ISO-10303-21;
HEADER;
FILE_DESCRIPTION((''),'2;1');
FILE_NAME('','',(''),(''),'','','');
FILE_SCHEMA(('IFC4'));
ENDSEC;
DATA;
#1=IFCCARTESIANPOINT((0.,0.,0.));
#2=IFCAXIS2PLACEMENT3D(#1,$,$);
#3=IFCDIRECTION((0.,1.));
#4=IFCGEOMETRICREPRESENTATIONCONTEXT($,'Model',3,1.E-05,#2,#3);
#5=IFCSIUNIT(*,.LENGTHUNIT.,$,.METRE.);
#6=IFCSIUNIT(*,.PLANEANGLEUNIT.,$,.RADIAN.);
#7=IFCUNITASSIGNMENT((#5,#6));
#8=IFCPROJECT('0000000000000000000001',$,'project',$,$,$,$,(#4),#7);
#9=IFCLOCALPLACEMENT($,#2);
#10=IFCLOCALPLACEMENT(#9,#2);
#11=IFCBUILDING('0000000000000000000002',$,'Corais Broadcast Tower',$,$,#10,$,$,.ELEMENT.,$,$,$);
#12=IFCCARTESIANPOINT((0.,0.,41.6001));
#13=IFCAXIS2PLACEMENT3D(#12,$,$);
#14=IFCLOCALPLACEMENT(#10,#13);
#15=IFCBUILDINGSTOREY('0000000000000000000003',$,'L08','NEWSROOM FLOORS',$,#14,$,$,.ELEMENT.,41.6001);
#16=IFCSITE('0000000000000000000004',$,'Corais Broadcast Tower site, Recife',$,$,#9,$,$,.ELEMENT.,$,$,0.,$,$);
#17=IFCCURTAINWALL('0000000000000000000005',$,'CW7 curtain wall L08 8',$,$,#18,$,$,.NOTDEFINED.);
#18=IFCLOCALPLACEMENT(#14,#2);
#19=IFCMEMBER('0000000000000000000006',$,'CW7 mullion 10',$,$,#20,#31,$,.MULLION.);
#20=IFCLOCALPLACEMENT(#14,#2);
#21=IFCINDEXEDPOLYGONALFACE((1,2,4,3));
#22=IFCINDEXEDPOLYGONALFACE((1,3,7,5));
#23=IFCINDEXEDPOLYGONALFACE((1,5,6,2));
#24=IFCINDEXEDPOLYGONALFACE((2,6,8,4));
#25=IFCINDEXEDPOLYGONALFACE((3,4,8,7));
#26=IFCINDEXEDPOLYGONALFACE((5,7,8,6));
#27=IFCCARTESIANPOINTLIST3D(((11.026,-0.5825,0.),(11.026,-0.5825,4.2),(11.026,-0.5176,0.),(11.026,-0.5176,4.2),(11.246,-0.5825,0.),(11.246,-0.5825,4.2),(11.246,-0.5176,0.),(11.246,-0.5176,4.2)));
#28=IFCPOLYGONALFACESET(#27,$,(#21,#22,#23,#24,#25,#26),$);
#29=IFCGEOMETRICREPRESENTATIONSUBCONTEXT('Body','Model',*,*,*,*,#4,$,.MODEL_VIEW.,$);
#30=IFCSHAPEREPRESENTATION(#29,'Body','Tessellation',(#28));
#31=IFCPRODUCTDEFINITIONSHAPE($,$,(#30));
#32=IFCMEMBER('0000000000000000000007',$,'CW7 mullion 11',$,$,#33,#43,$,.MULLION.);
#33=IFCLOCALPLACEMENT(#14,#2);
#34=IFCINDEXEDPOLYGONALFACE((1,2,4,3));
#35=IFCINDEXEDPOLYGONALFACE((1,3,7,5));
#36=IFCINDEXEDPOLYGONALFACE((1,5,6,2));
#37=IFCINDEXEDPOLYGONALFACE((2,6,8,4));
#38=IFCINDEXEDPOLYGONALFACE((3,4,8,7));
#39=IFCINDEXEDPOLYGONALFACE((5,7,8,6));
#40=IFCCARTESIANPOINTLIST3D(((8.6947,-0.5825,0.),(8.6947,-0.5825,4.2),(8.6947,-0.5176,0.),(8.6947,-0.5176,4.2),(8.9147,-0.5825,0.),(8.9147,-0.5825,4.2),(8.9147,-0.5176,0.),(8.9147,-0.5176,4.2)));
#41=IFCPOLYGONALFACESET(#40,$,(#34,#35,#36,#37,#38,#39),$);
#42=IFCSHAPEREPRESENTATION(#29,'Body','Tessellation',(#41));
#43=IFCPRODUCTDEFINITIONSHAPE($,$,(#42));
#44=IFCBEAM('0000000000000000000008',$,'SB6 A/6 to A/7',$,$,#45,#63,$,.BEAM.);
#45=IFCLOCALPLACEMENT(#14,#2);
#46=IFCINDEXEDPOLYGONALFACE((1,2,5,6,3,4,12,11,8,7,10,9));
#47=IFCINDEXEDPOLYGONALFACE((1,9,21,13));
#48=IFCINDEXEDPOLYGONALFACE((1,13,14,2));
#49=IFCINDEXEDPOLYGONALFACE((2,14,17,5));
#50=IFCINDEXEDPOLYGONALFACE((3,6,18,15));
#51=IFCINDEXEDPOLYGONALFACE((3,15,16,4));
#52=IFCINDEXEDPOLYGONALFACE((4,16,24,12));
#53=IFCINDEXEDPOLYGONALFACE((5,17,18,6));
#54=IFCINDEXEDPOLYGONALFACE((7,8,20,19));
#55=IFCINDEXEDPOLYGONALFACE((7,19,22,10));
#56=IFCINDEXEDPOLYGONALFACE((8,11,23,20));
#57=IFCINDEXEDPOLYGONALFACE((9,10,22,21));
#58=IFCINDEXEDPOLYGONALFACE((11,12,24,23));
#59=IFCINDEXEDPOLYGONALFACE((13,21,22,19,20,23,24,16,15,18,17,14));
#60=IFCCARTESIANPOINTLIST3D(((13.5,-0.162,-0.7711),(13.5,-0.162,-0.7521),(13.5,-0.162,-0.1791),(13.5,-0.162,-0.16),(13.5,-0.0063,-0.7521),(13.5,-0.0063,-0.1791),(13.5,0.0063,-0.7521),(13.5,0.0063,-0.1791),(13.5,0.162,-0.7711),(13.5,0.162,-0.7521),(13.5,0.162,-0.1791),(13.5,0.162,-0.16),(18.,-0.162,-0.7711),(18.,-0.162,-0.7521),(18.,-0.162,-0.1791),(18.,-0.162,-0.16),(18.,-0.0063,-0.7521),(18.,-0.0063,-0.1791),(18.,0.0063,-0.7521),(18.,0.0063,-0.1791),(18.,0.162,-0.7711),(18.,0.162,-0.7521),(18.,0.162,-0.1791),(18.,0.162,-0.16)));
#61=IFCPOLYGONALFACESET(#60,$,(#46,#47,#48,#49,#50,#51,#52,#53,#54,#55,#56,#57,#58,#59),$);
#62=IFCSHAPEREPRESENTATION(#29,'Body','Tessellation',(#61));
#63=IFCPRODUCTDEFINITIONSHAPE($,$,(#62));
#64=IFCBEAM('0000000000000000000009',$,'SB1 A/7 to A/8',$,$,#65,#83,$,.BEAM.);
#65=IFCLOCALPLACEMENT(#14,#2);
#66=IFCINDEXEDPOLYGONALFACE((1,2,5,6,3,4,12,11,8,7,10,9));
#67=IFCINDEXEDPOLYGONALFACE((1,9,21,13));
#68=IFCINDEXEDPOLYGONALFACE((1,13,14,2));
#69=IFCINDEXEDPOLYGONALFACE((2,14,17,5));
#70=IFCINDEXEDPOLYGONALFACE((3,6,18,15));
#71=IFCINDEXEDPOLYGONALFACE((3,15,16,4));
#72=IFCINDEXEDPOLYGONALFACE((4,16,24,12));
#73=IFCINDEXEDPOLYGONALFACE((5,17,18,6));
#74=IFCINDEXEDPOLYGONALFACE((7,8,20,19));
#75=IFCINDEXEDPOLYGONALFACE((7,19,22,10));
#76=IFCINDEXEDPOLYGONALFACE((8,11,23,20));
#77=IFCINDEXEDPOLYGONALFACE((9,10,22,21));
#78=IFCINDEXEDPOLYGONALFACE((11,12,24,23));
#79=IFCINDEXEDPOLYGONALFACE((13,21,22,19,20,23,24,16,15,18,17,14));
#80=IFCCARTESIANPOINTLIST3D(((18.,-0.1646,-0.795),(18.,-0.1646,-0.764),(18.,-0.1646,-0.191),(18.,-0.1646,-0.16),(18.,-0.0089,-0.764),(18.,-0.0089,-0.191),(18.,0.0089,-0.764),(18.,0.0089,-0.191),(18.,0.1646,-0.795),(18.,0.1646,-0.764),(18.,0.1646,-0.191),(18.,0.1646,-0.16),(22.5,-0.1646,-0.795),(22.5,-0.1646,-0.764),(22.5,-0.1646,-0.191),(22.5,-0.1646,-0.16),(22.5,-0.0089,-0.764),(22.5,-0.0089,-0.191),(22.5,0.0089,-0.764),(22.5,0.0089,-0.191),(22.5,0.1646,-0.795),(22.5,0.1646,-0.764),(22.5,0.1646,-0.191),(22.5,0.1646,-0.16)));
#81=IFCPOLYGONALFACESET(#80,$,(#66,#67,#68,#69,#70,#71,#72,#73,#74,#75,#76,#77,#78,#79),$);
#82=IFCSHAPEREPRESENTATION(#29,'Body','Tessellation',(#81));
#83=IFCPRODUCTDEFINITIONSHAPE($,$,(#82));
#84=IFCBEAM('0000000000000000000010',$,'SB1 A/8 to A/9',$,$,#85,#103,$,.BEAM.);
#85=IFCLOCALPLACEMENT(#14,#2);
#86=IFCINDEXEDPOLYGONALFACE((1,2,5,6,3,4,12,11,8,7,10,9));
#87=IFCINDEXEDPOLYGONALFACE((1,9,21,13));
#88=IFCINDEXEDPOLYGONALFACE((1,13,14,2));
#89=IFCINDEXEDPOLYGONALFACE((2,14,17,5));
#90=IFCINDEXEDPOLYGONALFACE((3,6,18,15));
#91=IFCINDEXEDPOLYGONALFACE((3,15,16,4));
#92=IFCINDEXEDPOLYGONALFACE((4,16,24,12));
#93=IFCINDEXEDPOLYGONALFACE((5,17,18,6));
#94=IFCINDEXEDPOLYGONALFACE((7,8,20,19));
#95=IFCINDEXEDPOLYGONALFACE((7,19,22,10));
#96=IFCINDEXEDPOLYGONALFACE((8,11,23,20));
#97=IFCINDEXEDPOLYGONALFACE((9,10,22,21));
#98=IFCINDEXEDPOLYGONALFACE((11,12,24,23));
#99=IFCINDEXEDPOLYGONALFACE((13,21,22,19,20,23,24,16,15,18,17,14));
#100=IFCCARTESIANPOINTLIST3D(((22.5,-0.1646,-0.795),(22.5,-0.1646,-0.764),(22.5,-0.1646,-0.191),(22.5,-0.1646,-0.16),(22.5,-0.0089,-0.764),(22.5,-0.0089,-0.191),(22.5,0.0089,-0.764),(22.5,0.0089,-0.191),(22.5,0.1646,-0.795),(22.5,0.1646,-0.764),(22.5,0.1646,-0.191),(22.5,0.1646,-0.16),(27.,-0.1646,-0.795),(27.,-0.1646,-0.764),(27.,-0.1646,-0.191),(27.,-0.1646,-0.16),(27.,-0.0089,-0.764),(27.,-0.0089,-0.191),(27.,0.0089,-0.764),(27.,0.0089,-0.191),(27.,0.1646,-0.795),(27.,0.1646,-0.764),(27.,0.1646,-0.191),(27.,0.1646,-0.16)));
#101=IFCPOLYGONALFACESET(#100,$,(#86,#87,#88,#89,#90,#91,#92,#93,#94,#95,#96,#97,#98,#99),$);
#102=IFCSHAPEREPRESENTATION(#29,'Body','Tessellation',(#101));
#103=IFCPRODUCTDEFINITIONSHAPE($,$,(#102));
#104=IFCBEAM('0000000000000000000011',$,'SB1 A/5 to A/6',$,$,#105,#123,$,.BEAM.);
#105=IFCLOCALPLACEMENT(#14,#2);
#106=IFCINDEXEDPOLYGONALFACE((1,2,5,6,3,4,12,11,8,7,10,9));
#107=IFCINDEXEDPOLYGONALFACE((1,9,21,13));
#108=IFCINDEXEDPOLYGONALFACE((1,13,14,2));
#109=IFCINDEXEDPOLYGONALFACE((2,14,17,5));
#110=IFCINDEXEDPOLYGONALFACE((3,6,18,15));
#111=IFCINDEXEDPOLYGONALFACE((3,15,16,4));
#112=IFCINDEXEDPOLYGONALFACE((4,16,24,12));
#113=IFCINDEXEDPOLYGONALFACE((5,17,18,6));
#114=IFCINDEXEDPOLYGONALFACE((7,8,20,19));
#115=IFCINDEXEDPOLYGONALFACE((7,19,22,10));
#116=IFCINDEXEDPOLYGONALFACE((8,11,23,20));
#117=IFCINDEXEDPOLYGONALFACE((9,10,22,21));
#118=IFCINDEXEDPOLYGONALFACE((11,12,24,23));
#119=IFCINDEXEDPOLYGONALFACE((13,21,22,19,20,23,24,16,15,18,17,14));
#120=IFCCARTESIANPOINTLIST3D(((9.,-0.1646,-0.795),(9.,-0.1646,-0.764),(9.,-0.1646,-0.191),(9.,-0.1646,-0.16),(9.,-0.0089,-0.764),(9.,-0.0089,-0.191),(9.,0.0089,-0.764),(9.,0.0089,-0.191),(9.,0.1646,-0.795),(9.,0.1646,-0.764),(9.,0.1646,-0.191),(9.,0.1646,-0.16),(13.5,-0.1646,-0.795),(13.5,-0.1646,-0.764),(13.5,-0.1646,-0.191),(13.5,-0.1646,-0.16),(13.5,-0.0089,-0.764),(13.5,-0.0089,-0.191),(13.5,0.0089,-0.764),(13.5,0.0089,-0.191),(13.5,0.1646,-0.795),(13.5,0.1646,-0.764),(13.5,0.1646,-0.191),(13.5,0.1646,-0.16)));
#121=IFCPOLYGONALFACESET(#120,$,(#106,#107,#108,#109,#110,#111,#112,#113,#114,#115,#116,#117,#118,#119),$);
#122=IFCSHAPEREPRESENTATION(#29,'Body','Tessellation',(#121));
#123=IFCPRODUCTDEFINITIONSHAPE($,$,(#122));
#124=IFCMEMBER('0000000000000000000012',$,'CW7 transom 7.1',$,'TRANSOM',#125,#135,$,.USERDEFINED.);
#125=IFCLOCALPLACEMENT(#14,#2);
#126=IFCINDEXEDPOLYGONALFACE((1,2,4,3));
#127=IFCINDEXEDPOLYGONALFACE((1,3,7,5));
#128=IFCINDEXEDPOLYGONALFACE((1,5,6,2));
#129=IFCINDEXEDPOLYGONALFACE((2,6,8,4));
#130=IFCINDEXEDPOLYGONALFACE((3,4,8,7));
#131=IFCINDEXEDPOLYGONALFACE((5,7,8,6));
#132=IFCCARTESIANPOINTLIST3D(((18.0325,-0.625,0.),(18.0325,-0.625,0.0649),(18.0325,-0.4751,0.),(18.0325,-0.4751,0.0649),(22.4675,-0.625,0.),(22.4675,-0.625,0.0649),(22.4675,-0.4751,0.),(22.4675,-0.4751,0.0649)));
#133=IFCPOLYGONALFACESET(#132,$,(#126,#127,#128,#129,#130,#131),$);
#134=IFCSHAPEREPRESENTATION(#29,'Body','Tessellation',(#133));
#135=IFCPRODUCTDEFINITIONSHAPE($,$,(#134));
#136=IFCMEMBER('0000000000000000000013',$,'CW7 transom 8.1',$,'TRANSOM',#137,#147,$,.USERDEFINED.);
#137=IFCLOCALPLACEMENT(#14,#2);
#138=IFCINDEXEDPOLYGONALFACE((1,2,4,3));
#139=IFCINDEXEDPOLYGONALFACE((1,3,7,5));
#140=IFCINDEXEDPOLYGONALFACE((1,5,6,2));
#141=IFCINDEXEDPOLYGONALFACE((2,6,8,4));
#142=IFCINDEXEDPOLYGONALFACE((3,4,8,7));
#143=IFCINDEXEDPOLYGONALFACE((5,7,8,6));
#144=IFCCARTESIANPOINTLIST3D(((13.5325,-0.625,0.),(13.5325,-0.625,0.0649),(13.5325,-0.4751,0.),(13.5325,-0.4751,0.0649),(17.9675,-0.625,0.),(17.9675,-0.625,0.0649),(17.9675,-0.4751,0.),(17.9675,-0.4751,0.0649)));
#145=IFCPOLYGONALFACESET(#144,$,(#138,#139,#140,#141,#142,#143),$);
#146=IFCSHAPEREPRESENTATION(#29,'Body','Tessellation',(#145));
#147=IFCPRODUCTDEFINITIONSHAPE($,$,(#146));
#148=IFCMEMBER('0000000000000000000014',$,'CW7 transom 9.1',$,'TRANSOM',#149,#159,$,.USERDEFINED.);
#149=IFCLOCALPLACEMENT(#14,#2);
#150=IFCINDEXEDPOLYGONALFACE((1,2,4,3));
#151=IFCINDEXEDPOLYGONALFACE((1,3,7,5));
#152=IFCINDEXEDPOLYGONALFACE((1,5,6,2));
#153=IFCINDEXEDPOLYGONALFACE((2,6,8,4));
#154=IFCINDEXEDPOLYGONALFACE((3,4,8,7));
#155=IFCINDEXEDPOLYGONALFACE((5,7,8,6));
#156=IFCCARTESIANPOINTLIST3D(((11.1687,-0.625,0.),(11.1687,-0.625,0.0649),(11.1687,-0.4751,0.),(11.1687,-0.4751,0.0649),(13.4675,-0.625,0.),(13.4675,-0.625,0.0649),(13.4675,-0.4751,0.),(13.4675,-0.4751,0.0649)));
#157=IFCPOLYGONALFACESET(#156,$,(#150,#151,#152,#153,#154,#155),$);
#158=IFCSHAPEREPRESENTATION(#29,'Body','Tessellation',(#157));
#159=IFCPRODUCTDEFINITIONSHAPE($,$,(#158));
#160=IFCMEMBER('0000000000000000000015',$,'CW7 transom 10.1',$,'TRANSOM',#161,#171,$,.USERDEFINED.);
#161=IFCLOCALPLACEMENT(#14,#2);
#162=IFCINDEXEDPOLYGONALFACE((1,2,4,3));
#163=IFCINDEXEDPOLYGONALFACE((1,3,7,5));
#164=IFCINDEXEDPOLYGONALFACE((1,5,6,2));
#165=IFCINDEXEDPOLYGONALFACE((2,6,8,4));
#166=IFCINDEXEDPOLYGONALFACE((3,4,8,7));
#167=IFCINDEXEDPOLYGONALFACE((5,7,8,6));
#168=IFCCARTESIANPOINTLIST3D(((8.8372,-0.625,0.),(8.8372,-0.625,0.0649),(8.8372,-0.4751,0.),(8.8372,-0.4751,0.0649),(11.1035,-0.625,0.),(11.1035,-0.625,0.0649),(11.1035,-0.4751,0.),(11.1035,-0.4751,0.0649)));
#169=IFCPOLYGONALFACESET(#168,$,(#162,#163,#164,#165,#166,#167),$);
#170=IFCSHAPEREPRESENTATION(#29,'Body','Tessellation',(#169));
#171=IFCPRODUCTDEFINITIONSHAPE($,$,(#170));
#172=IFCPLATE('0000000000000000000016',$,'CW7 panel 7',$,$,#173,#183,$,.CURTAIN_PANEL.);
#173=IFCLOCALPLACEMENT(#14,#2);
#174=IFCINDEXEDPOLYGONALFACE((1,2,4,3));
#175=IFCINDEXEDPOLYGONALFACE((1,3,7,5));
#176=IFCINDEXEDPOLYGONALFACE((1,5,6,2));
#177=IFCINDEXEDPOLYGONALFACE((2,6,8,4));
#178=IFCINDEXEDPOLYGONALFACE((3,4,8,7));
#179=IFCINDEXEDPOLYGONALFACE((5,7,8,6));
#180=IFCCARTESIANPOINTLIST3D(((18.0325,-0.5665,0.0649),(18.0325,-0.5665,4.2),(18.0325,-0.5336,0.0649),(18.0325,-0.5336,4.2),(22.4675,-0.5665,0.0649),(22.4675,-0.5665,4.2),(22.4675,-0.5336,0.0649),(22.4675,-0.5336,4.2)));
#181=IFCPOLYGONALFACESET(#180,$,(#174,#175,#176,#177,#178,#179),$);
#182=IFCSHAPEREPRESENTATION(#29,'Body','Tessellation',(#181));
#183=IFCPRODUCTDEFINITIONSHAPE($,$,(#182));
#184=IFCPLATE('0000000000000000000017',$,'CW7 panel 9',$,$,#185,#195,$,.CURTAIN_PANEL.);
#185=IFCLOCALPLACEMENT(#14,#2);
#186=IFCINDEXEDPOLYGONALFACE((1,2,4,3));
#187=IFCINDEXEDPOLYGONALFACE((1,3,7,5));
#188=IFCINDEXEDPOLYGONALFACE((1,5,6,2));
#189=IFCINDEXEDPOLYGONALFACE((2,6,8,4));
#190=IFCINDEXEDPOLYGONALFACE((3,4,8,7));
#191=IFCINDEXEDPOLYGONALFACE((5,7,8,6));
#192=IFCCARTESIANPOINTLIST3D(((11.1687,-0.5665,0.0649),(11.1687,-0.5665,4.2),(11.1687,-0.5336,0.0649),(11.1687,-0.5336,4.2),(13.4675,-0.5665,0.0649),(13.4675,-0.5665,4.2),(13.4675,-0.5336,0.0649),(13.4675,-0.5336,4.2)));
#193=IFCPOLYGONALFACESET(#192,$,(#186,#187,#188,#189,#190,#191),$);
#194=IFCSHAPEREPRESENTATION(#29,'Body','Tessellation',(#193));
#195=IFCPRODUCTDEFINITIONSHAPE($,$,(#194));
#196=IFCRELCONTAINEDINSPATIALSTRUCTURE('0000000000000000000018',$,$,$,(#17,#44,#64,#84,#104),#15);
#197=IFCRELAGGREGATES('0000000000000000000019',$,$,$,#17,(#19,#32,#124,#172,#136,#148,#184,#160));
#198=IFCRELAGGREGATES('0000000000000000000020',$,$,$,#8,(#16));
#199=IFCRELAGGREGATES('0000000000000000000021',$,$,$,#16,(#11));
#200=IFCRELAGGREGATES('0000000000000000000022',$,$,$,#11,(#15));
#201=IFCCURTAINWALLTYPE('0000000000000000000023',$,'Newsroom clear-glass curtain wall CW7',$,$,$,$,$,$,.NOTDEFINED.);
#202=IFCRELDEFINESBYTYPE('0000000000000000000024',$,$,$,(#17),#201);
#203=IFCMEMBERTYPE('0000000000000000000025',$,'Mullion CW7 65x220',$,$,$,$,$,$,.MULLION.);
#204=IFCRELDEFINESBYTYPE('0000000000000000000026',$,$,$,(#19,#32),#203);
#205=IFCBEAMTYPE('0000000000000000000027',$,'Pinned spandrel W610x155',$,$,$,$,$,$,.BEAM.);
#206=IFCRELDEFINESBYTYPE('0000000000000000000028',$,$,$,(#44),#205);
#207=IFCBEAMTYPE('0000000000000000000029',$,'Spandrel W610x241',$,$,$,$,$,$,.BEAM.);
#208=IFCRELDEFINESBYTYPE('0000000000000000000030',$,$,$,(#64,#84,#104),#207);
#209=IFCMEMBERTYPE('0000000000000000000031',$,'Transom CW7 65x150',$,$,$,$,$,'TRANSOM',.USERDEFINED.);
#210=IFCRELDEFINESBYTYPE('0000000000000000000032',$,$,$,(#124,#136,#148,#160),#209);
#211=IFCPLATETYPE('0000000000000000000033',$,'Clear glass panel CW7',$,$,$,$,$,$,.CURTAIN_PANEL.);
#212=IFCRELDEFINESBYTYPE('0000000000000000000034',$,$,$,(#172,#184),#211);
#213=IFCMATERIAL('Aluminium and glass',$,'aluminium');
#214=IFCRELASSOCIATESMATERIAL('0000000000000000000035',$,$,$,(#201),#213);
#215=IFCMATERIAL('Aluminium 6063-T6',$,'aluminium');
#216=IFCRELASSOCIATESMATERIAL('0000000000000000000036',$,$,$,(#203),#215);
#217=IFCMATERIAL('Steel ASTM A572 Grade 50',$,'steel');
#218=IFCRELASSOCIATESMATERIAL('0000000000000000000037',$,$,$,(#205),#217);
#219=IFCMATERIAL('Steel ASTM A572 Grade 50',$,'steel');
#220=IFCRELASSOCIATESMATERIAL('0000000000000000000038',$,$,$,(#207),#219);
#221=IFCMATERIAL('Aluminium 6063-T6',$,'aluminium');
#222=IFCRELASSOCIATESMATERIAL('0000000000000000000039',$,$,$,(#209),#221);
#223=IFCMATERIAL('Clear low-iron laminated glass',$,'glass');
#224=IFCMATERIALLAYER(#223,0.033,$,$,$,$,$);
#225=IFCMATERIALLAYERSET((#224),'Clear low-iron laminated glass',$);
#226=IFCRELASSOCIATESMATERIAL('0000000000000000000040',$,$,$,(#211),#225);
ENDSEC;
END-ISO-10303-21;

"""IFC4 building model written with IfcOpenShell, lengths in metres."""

from ifc_helpers import new_model, si_unit, direction, frame, origin, origin_2d, place, context, subcontext, project, spatial, rectangle, i_section, extrude, material, layer, layer_set, material_profile, profile_set, type_object, element, aggregate, save


model = new_model("IFC4")

# Units and contexts
model_context = context("Model", 3, precision=1e-05, world=origin(), true_north=direction((0.0, 1.0)))
body_context = subcontext(model_context, "Body", "Model", "MODEL_VIEW")
ifc_project = project(units=[si_unit("LENGTHUNIT", "METRE"), si_unit("PLANEANGLEUNIT", "RADIAN")], contexts=[model_context])

# Site, building, storey
site_placement = place(None, origin())
site = spatial("IfcSite", under=ifc_project, at=site_placement, Name="Corais Broadcast Tower site, Recife", CompositionType="ELEMENT", RefElevation=0.0)
building_placement = place(site_placement, origin())
building = spatial("IfcBuilding", under=site, at=building_placement, Name="Corais Broadcast Tower", CompositionType="ELEMENT")
storey_placement = place(building_placement, frame((0.0, 0.0, 41.6001)))
storey = spatial("IfcBuildingStorey", under=building, at=storey_placement, Name="L08", Description="NEWSROOM FLOORS", CompositionType="ELEMENT", Elevation=41.6001)

# Curtain wall, members
ifc_material_1 = material(Name="Aluminium and glass", Category="aluminium")
curtain_wall_type = type_object("IfcCurtainWallType", Name="Newsroom clear-glass curtain wall CW7", PredefinedType="NOTDEFINED", material=ifc_material_1)
curtain_wall_placement = place(storey_placement, origin())
curtain_wall = element("IfcCurtainWall", 1, at=curtain_wall_placement, inside=storey, type_object=curtain_wall_type, Name="CW7 curtain wall L08 8", PredefinedType="NOTDEFINED")
ifc_material_2 = material(Name="Aluminium 6063-T6", Category="aluminium")
ifc_material_profile_1 = material_profile(ifc_material_2, rectangle(XDim=0.0649, YDim=0.22, at=origin_2d()), Name="Mullion CW7 65x220")
ifc_profile_set_1 = profile_set([ifc_material_profile_1], Name="Aluminium 6063-T6")
member_type_1 = type_object("IfcMemberType", Name="Mullion CW7 65x220", PredefinedType="MULLION", material=ifc_profile_set_1)
member_1_placement = place(storey_placement, frame((11.136, -0.55, 0.0), z_axis=(0.0, 0.0, 1.0), x_axis=(0.0, -1.0, 0.0)))
member_1 = element("IfcMember", 2, at=member_1_placement, type_object=member_type_1, Name="CW7 mullion 10", PredefinedType="MULLION", context=body_context, shape_type="SweptSolid", body=[
    extrude(rectangle(XDim=0.0649, YDim=0.22, at=origin_2d()), origin(), (0.0, 0.0, 1.0), 4.2),
])
member_2_placement = place(storey_placement, frame((8.8047, -0.55, 0.0), z_axis=(0.0, 0.0, 1.0), x_axis=(0.0, -1.0, 0.0)))
member_2 = element("IfcMember", 3, at=member_2_placement, type_object=member_type_1, Name="CW7 mullion 11", PredefinedType="MULLION", context=body_context, shape_type="SweptSolid", body=[
    extrude(rectangle(XDim=0.0649, YDim=0.22, at=origin_2d()), origin(), (0.0, 0.0, 1.0), 4.2),
])

# Beams
ifc_material_3 = material(Name="Steel ASTM A572 Grade 50", Category="steel")
ifc_material_profile_2 = material_profile(ifc_material_3, i_section(OverallWidth=0.324, OverallDepth=0.6111, WebThickness=0.0127, FlangeThickness=0.019, at=origin_2d()), Name="W610x155")
ifc_profile_set_2 = profile_set([ifc_material_profile_2], Name="Steel ASTM A572 Grade 50")
beam_type_1 = type_object("IfcBeamType", Name="Pinned spandrel W610x155", PredefinedType="BEAM", material=ifc_profile_set_2)
beam_1_placement = place(storey_placement, frame((13.5, 0.0, -0.4656), z_axis=(1.0, 0.0, 0.0), x_axis=(0.0, 1.0, 0.0)))
element("IfcBeam", 4, at=beam_1_placement, inside=storey, type_object=beam_type_1, Name="SB6 A/6 to A/7", PredefinedType="BEAM", context=body_context, shape_type="SweptSolid", body=[
    extrude(i_section(OverallWidth=0.324, OverallDepth=0.6111, WebThickness=0.0127, FlangeThickness=0.019, at=origin_2d()), origin(), (0.0, 0.0, 1.0), 4.5),
])
ifc_material_4 = material(Name="Steel ASTM A572 Grade 50", Category="steel")
ifc_material_profile_3 = material_profile(ifc_material_4, i_section(OverallWidth=0.3291, OverallDepth=0.635, WebThickness=0.0178, FlangeThickness=0.031, at=origin_2d()), Name="W610x241")
ifc_profile_set_3 = profile_set([ifc_material_profile_3], Name="Steel ASTM A572 Grade 50")
beam_type_2 = type_object("IfcBeamType", Name="Spandrel W610x241", PredefinedType="BEAM", material=ifc_profile_set_3)
for number, where, z_axis, x_axis, name in (
    (5, (18.0, 0.0, -0.4775), (1.0, 0.0, 0.0), (0.0, 1.0, 0.0), "SB1 A/7 to A/8"),
    (6, (22.5, 0.0, -0.4775), (1.0, 0.0, 0.0), (0.0, 1.0, 0.0), "SB1 A/8 to A/9"),
    (7, (9.0, 0.0, -0.4775), (1.0, 0.0, 0.0), (0.0, 1.0, 0.0), "SB1 A/5 to A/6"),
):
    element("IfcBeam", number, at=place(storey_placement, frame(where, z_axis=z_axis, x_axis=x_axis)), inside=storey, type_object=beam_type_2, Name=name, PredefinedType="BEAM", context=body_context, shape_type="SweptSolid", body=[
        extrude(i_section(OverallWidth=0.3291, OverallDepth=0.635, WebThickness=0.0178, FlangeThickness=0.031, at=origin_2d()), origin(), (0.0, 0.0, 1.0), 4.5),
    ])

# Members
ifc_material_5 = material(Name="Aluminium 6063-T6", Category="aluminium")
ifc_material_profile_4 = material_profile(ifc_material_5, rectangle(XDim=0.1499, YDim=0.0649, at=origin_2d()), Name="Transom CW7 65x150")
ifc_profile_set_4 = profile_set([ifc_material_profile_4], Name="Aluminium 6063-T6")
member_type_2 = type_object("IfcMemberType", Name="Transom CW7 65x150", ElementType="TRANSOM", PredefinedType="USERDEFINED", material=ifc_profile_set_4)
member_3_placement = place(storey_placement, frame((22.4675, -0.55, 0.0325), z_axis=(-1.0, 0.0, 0.0), x_axis=(0.0, -1.0, 0.0)))
member_3 = element("IfcMember", 8, at=member_3_placement, type_object=member_type_2, Name="CW7 transom 7.1", ObjectType="TRANSOM", PredefinedType="USERDEFINED", context=body_context, shape_type="SweptSolid", body=[
    extrude(rectangle(XDim=0.1499, YDim=0.0649, at=origin_2d()), origin(), (0.0, 0.0, 1.0), 4.4351),
])
member_4_placement = place(storey_placement, frame((17.9675, -0.55, 0.0325), z_axis=(-1.0, 0.0, 0.0), x_axis=(0.0, -1.0, 0.0)))
member_4 = element("IfcMember", 9, at=member_4_placement, type_object=member_type_2, Name="CW7 transom 8.1", ObjectType="TRANSOM", PredefinedType="USERDEFINED", context=body_context, shape_type="SweptSolid", body=[
    extrude(rectangle(XDim=0.1499, YDim=0.0649, at=origin_2d()), origin(), (0.0, 0.0, 1.0), 4.4351),
])
member_5_placement = place(storey_placement, frame((13.4675, -0.55, 0.0325), z_axis=(-1.0, 0.0, 0.0), x_axis=(0.0, -1.0, 0.0)))
member_5 = element("IfcMember", 10, at=member_5_placement, type_object=member_type_2, Name="CW7 transom 9.1", ObjectType="TRANSOM", PredefinedType="USERDEFINED", context=body_context, shape_type="SweptSolid", body=[
    extrude(rectangle(XDim=0.1499, YDim=0.0649, at=origin_2d()), origin(), (0.0, 0.0, 1.0), 2.2988),
])
member_6_placement = place(storey_placement, frame((11.1035, -0.55, 0.0325), z_axis=(-1.0, 0.0, 0.0), x_axis=(0.0, -1.0, 0.0)))
member_6 = element("IfcMember", 11, at=member_6_placement, type_object=member_type_2, Name="CW7 transom 10.1", ObjectType="TRANSOM", PredefinedType="USERDEFINED", context=body_context, shape_type="SweptSolid", body=[
    extrude(rectangle(XDim=0.1499, YDim=0.0649, at=origin_2d()), origin(), (0.0, 0.0, 1.0), 2.2664),
])

# Plates
ifc_material_6 = material(Name="Clear low-iron laminated glass", Category="glass")
ifc_layer_1 = layer(ifc_material_6, 0.033)
ifc_layer_set_1 = layer_set([ifc_layer_1], Name="Clear low-iron laminated glass")
plate_type_1 = type_object("IfcPlateType", Name="Clear glass panel CW7", PredefinedType="CURTAIN_PANEL", material=ifc_layer_set_1)
plate_1_placement = place(storey_placement, frame((20.25, -0.55, 0.0649), z_axis=(0.0, 0.0, 1.0), x_axis=(-1.0, 0.0, 0.0)))
plate_1 = element("IfcPlate", 12, at=plate_1_placement, type_object=plate_type_1, Name="CW7 panel 7", PredefinedType="CURTAIN_PANEL", context=body_context, shape_type="SweptSolid", body=[
    extrude(rectangle(XDim=4.4351, YDim=0.033, at=origin_2d()), origin(), (0.0, 0.0, 1.0), 4.135),
])
plate_2_placement = place(storey_placement, frame((12.3181, -0.55, 0.0649), z_axis=(0.0, 0.0, 1.0), x_axis=(-1.0, 0.0, 0.0)))
plate_2 = element("IfcPlate", 13, at=plate_2_placement, type_object=plate_type_1, Name="CW7 panel 9", PredefinedType="CURTAIN_PANEL", context=body_context, shape_type="SweptSolid", body=[
    extrude(rectangle(XDim=2.2988, YDim=0.033, at=origin_2d()), origin(), (0.0, 0.0, 1.0), 4.135),
])
aggregate(curtain_wall, [member_1, member_2, member_3, plate_1, member_4, member_5, plate_2, member_6])

save(model, "model.ifc")
